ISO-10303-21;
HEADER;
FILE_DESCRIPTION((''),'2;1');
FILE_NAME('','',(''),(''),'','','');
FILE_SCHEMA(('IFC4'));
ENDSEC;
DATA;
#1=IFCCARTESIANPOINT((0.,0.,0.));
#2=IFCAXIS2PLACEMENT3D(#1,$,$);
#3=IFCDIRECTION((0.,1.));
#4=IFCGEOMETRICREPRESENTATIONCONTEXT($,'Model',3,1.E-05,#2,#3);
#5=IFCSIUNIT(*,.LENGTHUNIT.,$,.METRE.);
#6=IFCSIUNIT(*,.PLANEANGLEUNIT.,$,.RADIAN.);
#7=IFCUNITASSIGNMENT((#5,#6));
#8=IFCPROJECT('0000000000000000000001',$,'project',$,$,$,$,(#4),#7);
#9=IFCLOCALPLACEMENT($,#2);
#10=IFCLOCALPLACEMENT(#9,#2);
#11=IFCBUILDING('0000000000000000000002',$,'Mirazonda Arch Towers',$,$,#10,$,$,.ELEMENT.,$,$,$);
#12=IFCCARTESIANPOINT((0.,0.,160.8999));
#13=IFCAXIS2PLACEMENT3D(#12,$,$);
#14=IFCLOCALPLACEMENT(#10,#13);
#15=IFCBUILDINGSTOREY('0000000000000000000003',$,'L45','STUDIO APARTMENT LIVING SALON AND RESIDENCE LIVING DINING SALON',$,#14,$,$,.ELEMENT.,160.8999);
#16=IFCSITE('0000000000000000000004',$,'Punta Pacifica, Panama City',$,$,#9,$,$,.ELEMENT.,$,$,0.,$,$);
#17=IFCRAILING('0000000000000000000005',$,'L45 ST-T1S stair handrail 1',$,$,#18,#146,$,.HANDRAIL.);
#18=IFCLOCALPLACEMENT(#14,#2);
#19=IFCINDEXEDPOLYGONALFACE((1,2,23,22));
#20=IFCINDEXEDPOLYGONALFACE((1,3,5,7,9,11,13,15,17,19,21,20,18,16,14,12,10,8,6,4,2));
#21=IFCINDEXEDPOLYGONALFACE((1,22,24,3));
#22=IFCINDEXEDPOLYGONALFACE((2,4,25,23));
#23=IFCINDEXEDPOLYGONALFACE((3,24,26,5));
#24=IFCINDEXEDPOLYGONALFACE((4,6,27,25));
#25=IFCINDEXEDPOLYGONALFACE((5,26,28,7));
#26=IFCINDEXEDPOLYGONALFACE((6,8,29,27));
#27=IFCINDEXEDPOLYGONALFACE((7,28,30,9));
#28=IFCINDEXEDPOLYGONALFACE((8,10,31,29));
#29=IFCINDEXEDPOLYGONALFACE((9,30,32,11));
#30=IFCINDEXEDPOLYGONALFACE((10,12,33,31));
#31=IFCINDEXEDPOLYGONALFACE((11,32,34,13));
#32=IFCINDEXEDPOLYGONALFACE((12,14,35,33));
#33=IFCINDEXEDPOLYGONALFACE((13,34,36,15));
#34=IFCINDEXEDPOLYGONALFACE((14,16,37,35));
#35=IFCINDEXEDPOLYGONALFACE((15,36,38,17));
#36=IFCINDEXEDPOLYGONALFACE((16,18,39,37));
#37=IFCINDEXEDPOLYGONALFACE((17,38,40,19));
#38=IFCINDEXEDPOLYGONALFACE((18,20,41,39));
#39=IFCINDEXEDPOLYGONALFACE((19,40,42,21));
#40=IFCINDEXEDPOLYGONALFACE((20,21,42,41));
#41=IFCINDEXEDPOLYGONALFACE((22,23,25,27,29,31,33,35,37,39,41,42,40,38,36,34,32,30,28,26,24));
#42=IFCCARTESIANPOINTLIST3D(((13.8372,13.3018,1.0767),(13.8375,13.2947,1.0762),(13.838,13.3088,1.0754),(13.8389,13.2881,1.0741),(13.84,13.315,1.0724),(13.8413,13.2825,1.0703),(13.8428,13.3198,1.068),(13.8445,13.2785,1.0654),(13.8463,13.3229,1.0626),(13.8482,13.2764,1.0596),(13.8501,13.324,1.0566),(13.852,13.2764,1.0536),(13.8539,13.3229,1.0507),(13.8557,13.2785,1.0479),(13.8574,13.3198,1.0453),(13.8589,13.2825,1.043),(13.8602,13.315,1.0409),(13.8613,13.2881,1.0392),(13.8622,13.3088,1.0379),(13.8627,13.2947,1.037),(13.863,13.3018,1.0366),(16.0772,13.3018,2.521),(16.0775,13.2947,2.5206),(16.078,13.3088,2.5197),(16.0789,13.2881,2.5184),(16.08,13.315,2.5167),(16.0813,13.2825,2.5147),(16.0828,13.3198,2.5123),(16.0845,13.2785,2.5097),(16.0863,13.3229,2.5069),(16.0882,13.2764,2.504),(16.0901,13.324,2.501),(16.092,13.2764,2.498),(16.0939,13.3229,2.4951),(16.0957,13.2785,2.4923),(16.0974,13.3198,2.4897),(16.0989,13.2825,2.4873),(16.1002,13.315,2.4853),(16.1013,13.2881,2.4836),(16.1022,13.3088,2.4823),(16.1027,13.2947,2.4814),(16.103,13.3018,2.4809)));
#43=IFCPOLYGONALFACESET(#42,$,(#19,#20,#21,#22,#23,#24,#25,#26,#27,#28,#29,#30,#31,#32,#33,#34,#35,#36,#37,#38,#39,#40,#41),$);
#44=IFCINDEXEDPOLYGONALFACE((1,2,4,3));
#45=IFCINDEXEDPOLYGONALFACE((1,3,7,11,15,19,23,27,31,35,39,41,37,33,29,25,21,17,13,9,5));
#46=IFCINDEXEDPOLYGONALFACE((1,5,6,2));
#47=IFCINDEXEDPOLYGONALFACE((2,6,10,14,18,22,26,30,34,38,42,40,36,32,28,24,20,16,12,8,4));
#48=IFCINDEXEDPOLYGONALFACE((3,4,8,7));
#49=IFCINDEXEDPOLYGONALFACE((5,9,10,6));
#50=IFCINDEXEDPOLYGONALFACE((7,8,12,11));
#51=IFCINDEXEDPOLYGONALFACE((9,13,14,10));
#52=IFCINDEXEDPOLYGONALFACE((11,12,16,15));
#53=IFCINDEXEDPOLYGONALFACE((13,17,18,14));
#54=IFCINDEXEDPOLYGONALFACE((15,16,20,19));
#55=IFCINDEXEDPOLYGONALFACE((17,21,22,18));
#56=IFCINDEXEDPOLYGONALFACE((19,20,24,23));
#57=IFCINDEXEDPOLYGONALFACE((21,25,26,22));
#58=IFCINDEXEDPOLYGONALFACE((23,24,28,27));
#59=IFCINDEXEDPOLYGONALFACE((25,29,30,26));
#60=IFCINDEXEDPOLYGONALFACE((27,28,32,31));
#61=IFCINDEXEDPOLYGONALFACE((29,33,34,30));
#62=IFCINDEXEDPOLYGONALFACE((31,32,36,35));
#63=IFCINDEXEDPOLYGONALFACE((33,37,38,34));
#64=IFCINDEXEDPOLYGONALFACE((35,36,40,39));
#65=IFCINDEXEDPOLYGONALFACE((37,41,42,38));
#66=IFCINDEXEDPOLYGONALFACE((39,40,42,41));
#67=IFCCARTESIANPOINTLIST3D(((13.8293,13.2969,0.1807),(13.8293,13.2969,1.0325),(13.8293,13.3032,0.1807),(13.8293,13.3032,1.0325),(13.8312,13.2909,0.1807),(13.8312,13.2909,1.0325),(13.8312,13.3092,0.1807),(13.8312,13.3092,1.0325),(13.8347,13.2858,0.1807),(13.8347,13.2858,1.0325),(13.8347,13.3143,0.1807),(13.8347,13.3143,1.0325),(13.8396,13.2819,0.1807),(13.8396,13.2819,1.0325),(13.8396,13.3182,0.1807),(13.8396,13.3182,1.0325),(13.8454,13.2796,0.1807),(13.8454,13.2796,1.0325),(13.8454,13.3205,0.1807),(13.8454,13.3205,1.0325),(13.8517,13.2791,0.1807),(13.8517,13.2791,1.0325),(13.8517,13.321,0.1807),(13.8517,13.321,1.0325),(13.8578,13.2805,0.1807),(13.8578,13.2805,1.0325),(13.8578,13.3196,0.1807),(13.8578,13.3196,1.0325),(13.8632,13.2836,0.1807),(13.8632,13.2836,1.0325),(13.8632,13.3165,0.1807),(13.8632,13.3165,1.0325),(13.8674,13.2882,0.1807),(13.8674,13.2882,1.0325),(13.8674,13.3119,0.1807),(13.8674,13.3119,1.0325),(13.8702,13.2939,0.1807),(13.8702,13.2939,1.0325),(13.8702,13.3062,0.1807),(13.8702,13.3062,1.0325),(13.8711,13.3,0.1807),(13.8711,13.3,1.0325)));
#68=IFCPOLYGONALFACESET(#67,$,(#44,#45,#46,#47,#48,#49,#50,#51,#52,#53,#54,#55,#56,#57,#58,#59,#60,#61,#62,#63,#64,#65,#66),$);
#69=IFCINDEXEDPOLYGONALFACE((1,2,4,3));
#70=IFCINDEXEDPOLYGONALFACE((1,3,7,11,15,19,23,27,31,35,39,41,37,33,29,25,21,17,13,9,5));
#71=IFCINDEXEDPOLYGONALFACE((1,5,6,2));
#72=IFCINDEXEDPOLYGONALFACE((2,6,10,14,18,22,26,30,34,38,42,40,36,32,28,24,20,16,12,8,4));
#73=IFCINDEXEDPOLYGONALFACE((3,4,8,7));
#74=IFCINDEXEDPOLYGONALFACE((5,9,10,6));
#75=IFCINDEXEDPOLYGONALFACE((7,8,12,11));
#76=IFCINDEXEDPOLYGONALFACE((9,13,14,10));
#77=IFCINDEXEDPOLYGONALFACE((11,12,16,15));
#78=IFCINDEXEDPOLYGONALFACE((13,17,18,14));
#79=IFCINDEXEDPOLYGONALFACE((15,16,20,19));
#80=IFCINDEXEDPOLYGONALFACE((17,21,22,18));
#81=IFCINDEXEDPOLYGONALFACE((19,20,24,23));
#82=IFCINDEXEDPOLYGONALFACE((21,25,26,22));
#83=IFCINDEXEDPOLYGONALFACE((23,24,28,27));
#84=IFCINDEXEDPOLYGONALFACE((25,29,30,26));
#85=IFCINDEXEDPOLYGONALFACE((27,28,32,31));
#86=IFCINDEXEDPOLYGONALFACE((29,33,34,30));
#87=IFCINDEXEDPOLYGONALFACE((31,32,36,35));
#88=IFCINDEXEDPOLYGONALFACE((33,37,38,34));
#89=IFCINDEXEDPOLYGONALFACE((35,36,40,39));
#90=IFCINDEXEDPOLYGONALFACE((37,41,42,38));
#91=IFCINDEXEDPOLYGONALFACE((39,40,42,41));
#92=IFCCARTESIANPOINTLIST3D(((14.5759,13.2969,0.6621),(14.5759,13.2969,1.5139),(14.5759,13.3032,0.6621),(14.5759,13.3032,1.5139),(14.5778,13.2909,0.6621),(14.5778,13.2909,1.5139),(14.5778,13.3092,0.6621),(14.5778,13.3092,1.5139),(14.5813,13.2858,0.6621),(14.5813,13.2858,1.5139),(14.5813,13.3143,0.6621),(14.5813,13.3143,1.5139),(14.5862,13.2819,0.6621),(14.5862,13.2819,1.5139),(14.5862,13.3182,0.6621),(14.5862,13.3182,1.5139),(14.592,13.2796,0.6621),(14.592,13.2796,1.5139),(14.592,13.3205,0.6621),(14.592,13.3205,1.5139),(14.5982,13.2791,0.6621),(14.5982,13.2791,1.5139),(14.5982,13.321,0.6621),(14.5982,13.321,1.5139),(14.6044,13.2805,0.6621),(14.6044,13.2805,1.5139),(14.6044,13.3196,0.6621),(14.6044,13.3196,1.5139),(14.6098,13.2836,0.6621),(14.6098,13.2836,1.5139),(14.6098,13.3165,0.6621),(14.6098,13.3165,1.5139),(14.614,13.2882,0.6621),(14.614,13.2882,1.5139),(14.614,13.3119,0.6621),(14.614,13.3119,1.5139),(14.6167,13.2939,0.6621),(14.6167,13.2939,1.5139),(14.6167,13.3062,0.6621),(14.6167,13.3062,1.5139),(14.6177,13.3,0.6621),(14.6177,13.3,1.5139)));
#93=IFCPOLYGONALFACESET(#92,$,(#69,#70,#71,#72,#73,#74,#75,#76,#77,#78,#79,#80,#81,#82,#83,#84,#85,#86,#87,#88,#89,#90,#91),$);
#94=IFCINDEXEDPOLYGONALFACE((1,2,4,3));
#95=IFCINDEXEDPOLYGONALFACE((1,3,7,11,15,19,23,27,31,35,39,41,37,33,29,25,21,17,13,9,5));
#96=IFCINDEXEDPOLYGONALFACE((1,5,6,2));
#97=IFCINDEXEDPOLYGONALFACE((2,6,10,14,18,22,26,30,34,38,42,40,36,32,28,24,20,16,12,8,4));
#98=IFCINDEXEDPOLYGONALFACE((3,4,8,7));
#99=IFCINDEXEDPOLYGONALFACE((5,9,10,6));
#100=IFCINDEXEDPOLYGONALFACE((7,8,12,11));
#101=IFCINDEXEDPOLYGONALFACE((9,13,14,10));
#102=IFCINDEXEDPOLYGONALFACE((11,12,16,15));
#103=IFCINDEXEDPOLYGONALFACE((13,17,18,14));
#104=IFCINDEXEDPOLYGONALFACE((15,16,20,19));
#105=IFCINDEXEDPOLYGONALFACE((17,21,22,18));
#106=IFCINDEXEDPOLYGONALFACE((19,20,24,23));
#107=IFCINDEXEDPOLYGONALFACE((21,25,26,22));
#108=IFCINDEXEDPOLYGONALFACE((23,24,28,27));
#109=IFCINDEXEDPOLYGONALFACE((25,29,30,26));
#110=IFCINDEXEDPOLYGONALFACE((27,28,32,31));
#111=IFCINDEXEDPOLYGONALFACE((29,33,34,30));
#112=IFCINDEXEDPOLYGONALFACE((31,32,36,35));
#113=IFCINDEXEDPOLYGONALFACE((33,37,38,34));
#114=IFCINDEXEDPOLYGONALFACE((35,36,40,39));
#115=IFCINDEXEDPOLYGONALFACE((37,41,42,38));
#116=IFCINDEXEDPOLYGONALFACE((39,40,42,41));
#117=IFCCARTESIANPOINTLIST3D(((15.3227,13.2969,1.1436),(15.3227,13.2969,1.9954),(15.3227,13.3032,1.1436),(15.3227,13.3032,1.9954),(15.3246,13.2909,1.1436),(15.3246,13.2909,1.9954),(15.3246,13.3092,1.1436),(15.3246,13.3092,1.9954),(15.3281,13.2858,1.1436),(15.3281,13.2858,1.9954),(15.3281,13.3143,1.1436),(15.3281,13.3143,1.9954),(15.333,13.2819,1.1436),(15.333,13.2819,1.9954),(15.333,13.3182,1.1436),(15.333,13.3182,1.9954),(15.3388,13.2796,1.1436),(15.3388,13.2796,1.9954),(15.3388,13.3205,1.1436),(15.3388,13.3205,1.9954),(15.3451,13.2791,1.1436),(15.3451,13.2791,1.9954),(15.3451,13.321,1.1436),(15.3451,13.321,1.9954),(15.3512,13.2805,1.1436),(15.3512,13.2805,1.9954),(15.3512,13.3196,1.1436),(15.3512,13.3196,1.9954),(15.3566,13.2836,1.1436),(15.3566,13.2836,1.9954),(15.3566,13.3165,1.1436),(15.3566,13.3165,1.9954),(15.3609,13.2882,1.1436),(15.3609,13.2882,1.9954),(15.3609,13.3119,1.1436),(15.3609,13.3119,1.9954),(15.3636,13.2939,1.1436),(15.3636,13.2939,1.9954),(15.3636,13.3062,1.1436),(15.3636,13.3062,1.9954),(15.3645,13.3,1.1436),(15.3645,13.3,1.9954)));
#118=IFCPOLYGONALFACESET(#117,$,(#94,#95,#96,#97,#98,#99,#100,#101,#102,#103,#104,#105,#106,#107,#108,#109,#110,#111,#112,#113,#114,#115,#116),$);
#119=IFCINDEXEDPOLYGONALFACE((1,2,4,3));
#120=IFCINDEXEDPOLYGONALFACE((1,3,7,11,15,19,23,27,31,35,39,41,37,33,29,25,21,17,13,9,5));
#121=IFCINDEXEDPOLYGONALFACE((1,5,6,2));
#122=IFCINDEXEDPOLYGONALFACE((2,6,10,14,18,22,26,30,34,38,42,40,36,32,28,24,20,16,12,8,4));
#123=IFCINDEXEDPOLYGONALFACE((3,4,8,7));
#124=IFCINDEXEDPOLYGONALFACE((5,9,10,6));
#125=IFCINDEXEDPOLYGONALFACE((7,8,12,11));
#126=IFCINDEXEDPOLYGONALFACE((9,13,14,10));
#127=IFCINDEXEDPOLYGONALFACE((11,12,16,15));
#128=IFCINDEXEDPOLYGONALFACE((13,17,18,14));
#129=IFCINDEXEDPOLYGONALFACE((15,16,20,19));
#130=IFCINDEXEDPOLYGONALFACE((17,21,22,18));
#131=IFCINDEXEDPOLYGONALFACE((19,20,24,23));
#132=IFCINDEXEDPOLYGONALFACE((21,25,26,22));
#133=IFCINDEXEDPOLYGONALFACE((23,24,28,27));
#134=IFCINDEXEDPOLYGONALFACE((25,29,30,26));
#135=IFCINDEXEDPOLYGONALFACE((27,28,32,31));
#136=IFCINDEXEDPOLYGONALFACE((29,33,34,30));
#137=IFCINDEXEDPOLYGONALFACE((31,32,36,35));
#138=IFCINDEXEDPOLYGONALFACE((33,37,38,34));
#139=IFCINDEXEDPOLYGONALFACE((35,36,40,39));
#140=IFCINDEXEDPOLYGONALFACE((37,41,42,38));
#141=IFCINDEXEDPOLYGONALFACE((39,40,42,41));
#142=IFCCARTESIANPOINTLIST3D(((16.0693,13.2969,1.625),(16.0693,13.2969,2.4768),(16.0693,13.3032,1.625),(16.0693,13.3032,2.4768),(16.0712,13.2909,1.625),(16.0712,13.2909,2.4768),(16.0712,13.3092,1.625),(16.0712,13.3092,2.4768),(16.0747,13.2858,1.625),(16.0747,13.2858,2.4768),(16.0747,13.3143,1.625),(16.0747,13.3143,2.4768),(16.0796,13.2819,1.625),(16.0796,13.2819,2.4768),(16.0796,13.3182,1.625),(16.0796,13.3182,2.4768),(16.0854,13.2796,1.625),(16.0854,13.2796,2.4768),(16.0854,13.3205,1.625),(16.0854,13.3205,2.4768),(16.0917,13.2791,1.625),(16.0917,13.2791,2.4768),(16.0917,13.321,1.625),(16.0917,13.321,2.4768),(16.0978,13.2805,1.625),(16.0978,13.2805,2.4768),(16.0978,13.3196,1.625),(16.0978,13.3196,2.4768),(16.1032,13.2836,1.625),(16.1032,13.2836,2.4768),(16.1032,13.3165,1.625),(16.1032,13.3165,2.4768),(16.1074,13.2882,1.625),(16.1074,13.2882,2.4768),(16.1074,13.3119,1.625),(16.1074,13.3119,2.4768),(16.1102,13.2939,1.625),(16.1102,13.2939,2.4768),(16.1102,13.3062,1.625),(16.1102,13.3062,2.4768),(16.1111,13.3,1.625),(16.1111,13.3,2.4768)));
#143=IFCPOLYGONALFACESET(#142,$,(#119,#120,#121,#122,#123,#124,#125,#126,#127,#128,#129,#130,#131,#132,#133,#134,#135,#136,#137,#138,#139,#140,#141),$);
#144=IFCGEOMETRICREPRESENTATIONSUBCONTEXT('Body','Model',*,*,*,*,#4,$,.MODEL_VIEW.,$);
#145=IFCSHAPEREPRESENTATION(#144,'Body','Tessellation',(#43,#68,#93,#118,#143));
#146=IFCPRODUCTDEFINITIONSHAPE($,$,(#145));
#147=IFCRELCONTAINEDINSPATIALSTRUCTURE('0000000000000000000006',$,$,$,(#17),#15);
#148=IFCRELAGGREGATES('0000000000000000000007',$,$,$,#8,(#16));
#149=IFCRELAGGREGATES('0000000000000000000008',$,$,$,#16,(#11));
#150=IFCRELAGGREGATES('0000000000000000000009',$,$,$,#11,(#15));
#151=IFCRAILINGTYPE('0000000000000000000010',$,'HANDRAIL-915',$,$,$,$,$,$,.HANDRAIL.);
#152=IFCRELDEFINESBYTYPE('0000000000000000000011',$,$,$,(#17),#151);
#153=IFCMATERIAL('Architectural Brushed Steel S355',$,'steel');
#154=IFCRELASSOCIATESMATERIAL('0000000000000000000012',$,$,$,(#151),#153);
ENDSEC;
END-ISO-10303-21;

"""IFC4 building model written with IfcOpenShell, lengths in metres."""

from ifc_helpers import new_model, si_unit, direction, frame, origin, origin_2d, place, context, subcontext, project, spatial, circle, extrude, material, type_object, element, save


model = new_model("IFC4")

# Units and contexts
model_context = context("Model", 3, precision=1e-05, world=origin(), true_north=direction((0.0, 1.0)))
body_context = subcontext(model_context, "Body", "Model", "MODEL_VIEW")
ifc_project = project(units=[si_unit("LENGTHUNIT", "METRE"), si_unit("PLANEANGLEUNIT", "RADIAN")], contexts=[model_context])

# Site, building, storey
site_placement = place(None, origin())
site = spatial("IfcSite", under=ifc_project, at=site_placement, Name="Punta Pacifica, Panama City", CompositionType="ELEMENT", RefElevation=0.0)
building_placement = place(site_placement, origin())
building = spatial("IfcBuilding", under=site, at=building_placement, Name="Mirazonda Arch Towers", CompositionType="ELEMENT")
storey_placement = place(building_placement, frame((0.0, 0.0, 160.8999)))
storey = spatial("IfcBuildingStorey", under=building, at=storey_placement, Name="L45", Description="STUDIO APARTMENT LIVING SALON AND RESIDENCE LIVING DINING SALON", CompositionType="ELEMENT", Elevation=160.8999)

# Shared definitions
ifc_material_1 = material(Name="Architectural Brushed Steel S355", Category="steel")

# Railing
railing_type_1 = type_object("IfcRailingType", Name="HANDRAIL-915", PredefinedType="HANDRAIL", material=ifc_material_1)
railing_1_placement = place(storey_placement, frame((13.8501, 13.3, 0.1807)))
element("IfcRailing", 1, at=railing_1_placement, inside=storey, type_object=railing_type_1, Name="L45 ST-T1S stair handrail 1", PredefinedType="HANDRAIL", context=body_context, shape_type="SweptSolid", body=[
    extrude(circle(Radius=0.0239, at=origin_2d()), frame((0.0, 0.0, 0.876), z_axis=(0.840437, 0.0, 0.54191), x_axis=(0.0, 1.0, 0.0)), (0.0, 0.0, 1.0), 2.6653),
    extrude(circle(Radius=0.021, at=origin_2d()), origin(), (0.0, 0.0, 1.0), 0.8518),
    extrude(circle(Radius=0.021, at=origin_2d()), frame((0.7466, 0.0, 0.4814)), (0.0, 0.0, 1.0), 0.8518),
    extrude(circle(Radius=0.021, at=origin_2d()), frame((1.4934, 0.0, 0.9629)), (0.0, 0.0, 1.0), 0.8518),
    extrude(circle(Radius=0.021, at=origin_2d()), frame((2.24, 0.0, 1.4443)), (0.0, 0.0, 1.0), 0.8518),
])

save(model, "model.ifc")
